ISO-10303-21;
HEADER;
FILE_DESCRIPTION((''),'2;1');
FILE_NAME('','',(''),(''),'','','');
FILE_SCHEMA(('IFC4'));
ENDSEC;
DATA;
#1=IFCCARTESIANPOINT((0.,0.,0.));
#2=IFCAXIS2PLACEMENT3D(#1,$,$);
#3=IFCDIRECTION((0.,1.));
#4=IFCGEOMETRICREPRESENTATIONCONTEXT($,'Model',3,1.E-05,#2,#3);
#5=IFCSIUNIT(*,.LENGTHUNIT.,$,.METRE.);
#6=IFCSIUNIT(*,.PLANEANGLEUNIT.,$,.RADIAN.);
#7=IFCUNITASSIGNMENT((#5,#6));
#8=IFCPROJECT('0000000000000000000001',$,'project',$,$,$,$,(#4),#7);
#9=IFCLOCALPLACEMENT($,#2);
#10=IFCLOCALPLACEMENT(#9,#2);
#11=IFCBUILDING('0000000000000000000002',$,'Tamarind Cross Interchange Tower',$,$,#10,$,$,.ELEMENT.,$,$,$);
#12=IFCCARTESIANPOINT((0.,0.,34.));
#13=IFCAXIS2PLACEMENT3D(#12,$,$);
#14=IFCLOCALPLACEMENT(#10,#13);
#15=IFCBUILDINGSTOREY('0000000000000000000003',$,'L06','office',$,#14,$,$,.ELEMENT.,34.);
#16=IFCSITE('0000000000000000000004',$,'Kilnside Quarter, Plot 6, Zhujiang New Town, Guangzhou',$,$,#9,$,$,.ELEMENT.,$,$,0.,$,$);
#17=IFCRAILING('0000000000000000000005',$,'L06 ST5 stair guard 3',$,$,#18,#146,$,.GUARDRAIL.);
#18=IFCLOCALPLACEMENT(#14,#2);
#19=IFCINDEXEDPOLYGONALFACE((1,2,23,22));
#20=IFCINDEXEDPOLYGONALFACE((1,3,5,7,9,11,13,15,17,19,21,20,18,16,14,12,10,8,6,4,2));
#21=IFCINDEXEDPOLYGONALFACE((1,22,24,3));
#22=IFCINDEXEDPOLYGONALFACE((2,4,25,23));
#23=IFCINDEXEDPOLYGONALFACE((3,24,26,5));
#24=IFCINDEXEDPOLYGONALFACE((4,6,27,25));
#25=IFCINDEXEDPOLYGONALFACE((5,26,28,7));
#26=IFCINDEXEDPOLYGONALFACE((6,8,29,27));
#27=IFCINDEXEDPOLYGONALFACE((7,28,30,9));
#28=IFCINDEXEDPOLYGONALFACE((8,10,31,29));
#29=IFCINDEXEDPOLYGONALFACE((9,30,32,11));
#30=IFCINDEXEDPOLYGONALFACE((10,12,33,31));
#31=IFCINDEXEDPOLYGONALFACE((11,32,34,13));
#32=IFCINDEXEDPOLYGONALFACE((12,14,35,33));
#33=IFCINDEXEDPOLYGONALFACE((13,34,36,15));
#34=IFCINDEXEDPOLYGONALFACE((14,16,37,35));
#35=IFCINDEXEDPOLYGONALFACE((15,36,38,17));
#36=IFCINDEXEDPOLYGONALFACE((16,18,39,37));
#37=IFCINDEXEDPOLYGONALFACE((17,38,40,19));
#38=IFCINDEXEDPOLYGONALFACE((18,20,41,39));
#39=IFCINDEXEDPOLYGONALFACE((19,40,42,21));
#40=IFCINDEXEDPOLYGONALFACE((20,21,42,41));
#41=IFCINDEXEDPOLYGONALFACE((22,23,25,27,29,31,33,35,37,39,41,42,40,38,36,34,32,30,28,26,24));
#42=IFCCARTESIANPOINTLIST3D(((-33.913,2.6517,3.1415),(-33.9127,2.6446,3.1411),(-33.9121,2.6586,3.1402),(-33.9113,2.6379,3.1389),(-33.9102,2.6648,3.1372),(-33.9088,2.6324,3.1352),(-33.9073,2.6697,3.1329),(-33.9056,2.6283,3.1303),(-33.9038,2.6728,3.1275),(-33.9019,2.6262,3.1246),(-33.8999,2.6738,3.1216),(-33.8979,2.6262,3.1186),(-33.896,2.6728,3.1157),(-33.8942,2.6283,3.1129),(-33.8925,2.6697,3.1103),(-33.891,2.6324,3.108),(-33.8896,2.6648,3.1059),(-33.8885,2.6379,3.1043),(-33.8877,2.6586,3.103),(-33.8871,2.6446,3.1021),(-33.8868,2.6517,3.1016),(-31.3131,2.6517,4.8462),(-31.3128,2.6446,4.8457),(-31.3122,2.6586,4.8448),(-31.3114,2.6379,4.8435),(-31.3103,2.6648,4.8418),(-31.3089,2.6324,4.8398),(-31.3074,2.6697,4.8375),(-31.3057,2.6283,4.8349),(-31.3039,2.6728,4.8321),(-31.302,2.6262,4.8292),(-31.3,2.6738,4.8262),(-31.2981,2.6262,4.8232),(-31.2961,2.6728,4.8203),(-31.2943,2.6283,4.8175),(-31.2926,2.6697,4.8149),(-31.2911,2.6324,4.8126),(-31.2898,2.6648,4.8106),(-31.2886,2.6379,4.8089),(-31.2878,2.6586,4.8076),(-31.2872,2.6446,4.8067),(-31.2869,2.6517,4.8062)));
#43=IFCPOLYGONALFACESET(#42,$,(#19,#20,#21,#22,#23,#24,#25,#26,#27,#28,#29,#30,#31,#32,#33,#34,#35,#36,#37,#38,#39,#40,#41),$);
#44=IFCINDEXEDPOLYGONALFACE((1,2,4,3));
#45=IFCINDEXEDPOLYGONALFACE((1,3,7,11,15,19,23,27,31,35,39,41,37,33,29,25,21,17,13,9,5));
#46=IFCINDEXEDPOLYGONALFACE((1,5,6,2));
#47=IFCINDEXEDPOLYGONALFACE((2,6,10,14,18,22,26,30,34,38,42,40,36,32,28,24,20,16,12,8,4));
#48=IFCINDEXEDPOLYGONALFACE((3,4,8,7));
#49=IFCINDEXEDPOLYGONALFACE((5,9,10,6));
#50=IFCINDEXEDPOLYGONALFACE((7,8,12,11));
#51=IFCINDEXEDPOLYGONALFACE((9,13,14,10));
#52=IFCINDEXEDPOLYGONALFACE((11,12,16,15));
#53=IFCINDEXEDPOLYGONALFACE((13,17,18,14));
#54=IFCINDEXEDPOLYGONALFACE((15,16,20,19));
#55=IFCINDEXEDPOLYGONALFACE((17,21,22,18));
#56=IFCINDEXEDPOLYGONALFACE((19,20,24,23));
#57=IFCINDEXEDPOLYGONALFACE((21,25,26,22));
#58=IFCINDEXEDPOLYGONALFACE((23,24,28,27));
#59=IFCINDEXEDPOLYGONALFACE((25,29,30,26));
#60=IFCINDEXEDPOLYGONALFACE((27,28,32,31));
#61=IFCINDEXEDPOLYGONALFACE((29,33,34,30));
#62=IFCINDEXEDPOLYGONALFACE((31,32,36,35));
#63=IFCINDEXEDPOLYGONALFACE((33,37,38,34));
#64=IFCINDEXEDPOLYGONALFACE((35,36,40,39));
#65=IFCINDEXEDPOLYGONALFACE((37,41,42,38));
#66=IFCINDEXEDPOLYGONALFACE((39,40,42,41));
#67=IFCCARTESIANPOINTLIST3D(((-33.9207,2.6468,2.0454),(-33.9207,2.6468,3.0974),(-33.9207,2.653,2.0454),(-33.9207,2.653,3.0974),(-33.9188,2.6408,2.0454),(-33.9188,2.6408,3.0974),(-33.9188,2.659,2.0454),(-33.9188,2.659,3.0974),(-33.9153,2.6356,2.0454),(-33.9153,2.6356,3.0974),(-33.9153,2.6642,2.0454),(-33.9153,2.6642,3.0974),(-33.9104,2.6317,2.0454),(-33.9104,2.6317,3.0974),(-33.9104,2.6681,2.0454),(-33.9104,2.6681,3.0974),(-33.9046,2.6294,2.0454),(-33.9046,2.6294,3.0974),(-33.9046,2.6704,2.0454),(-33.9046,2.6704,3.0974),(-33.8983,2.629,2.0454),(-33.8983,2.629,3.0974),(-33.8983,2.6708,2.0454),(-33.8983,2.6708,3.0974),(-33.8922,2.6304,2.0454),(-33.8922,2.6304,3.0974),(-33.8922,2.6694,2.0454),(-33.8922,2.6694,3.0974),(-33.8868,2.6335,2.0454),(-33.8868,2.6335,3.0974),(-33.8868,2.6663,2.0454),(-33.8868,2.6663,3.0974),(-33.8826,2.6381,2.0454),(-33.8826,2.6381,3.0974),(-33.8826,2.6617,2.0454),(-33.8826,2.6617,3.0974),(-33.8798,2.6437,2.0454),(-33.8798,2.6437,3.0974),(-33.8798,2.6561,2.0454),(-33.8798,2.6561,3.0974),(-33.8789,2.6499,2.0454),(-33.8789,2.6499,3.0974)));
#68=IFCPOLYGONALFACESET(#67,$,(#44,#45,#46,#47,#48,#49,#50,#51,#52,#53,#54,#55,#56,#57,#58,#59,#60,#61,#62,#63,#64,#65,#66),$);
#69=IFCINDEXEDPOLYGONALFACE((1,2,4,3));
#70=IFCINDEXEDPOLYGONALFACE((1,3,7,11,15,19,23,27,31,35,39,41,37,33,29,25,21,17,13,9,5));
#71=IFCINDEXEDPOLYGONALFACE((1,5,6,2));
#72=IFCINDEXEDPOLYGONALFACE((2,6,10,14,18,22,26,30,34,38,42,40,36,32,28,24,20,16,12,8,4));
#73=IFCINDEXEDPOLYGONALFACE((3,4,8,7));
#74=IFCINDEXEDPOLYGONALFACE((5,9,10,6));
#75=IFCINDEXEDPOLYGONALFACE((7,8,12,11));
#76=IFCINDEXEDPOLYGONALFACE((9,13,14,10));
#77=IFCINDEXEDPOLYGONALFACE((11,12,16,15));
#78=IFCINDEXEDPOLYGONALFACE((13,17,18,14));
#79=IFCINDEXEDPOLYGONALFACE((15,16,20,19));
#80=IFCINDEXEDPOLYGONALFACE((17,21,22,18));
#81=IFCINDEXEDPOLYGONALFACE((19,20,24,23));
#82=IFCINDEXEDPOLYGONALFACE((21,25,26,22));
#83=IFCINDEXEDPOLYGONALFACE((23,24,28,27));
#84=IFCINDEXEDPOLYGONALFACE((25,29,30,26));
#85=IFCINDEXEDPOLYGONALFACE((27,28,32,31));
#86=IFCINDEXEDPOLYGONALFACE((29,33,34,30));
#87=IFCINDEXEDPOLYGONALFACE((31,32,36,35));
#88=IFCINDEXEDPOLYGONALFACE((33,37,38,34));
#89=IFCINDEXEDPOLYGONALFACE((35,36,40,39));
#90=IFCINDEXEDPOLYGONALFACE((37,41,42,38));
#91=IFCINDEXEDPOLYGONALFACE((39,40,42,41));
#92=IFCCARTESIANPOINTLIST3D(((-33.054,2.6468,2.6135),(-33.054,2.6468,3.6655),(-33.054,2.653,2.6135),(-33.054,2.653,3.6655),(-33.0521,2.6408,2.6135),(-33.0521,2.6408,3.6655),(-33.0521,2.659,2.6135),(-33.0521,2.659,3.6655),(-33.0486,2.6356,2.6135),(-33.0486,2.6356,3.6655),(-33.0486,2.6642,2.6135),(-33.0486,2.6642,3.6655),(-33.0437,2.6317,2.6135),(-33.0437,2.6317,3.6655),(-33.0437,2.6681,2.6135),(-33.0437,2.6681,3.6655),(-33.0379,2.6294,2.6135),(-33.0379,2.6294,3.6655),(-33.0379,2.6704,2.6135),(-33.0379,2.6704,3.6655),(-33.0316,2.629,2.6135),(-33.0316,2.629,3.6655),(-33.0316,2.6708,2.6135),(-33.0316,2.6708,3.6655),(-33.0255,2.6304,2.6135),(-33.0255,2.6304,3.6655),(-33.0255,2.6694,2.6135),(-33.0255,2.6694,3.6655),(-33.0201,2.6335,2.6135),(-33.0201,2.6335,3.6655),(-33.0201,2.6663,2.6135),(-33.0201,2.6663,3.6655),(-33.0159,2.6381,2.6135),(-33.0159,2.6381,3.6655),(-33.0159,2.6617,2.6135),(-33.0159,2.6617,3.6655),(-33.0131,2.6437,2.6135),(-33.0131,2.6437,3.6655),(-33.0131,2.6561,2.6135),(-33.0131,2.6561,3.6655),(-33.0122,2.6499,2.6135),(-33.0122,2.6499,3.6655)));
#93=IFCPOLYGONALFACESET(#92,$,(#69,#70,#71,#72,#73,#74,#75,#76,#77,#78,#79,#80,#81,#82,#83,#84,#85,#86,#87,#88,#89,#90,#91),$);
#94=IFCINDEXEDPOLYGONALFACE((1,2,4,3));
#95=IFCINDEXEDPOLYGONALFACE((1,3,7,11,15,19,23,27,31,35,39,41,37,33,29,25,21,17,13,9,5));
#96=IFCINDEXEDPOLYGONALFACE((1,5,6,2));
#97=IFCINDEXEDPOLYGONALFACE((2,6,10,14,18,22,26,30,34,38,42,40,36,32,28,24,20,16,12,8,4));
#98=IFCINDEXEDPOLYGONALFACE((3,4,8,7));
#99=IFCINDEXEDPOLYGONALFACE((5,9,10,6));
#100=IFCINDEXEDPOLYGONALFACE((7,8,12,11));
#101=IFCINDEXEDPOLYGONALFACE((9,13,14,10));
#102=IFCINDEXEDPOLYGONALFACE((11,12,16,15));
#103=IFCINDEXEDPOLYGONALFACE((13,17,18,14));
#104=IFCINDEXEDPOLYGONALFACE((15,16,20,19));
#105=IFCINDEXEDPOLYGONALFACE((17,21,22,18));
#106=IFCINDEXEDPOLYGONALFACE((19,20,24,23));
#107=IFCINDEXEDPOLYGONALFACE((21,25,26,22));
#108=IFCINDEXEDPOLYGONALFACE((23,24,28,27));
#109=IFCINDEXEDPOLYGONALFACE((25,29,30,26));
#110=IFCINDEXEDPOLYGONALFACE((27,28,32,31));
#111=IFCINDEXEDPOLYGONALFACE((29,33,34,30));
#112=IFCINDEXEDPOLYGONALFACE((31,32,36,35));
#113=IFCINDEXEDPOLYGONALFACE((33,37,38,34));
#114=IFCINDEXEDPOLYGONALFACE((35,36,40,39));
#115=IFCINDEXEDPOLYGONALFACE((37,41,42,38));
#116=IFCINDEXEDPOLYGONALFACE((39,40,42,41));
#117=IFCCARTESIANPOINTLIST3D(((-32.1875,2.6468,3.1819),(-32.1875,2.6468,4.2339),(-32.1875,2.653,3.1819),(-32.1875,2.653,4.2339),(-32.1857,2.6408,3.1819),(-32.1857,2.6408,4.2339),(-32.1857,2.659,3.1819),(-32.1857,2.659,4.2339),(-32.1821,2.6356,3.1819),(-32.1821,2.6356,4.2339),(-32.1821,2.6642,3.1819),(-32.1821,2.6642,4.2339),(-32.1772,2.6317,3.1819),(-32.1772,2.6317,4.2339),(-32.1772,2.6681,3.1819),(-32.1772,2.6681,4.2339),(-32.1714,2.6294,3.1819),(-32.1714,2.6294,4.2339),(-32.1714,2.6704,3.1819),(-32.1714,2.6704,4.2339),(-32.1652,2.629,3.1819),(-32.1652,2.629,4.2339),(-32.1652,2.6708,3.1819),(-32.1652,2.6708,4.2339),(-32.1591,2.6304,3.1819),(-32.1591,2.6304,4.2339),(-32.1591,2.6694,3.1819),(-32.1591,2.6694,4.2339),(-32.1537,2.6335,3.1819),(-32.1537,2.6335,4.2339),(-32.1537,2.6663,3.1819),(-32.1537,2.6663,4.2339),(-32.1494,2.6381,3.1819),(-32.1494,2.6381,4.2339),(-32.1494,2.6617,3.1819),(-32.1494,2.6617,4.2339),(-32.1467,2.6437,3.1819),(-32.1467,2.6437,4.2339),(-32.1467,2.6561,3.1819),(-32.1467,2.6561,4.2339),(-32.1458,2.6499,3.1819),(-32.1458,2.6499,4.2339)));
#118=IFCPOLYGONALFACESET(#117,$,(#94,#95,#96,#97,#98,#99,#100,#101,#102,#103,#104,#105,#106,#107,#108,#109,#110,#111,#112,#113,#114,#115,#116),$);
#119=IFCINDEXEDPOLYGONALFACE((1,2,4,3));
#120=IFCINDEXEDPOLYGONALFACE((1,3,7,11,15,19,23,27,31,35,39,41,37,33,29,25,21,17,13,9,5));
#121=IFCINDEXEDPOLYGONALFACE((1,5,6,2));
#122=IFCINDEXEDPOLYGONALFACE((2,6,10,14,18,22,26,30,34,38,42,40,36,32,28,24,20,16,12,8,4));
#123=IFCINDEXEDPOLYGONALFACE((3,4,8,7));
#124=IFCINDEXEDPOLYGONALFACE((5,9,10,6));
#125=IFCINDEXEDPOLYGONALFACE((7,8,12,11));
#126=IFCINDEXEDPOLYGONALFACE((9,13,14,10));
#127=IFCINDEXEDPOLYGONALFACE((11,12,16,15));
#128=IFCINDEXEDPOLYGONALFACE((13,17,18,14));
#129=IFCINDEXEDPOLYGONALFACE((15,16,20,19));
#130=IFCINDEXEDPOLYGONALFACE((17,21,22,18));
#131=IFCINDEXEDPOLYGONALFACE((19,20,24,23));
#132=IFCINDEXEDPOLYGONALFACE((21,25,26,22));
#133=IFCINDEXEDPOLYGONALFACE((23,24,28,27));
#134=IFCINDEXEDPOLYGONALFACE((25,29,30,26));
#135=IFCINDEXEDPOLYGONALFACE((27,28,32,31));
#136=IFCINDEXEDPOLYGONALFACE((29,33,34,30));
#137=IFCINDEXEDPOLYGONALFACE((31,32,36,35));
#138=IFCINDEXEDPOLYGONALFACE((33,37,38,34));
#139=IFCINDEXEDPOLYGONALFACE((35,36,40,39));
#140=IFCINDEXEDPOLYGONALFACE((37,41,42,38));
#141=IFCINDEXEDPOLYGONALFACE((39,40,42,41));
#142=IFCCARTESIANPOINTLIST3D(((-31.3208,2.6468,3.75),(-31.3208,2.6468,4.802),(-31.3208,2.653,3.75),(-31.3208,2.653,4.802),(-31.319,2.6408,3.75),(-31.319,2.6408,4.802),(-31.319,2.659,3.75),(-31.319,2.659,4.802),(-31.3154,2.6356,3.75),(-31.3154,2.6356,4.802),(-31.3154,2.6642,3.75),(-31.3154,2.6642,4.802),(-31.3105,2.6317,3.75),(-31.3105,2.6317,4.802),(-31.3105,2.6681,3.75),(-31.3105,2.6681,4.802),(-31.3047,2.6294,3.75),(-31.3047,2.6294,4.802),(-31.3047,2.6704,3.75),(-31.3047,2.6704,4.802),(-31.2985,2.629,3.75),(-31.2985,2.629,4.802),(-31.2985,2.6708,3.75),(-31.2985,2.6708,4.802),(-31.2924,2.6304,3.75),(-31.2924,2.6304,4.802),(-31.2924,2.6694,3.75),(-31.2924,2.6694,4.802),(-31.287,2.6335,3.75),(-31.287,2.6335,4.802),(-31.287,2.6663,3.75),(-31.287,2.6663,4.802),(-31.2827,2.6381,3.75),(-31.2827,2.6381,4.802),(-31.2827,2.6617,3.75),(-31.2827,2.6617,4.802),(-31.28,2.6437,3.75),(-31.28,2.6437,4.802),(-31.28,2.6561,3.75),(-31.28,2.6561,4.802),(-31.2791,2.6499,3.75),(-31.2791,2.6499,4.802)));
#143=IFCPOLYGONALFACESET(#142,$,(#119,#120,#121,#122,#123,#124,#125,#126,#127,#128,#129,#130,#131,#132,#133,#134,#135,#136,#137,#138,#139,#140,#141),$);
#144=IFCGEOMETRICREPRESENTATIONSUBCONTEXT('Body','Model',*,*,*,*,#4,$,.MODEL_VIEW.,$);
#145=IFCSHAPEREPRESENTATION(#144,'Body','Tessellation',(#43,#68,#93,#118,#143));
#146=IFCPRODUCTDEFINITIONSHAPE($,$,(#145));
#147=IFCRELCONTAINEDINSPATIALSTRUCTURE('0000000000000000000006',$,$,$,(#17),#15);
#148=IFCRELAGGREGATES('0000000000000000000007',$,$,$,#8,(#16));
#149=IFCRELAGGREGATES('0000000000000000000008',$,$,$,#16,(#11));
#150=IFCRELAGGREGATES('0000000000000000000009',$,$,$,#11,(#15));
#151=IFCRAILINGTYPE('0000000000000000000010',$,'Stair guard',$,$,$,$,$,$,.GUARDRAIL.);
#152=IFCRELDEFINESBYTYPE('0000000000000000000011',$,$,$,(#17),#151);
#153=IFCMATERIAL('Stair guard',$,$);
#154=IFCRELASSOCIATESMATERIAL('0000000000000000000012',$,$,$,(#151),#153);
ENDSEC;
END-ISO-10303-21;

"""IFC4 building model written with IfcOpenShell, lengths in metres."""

from ifc_helpers import new_model, si_unit, direction, frame, origin, origin_2d, place, context, subcontext, project, spatial, circle, extrude, material, type_object, element, save


model = new_model("IFC4")

# Units and contexts
model_context = context("Model", 3, precision=1e-05, world=origin(), true_north=direction((0.0, 1.0)))
body_context = subcontext(model_context, "Body", "Model", "MODEL_VIEW")
ifc_project = project(units=[si_unit("LENGTHUNIT", "METRE"), si_unit("PLANEANGLEUNIT", "RADIAN")], contexts=[model_context])

# Site, building, storey
site_placement = place(None, origin())
site = spatial("IfcSite", under=ifc_project, at=site_placement, Name="Kilnside Quarter, Plot 6, Zhujiang New Town, Guangzhou", CompositionType="ELEMENT", RefElevation=0.0)
building_placement = place(site_placement, origin())
building = spatial("IfcBuilding", under=site, at=building_placement, Name="Tamarind Cross Interchange Tower", CompositionType="ELEMENT")
storey_placement = place(building_placement, frame((0.0, 0.0, 34.0)))
storey = spatial("IfcBuildingStorey", under=building, at=storey_placement, Name="L06", Description="office", CompositionType="ELEMENT", Elevation=34.0)

# Railing
ifc_material_1 = material(Name="Stair guard")
railing_type_1 = type_object("IfcRailingType", Name="Stair guard", PredefinedType="GUARDRAIL", material=ifc_material_1)
railing_1_placement = place(storey_placement, frame((-33.8999, 2.6499, 2.0454)))
element("IfcRailing", 1, at=railing_1_placement, inside=storey, type_object=railing_type_1, Name="L06 ST5 stair guard 3", PredefinedType="GUARDRAIL", context=body_context, shape_type="SweptSolid", body=[
    extrude(circle(Radius=0.0239, at=origin_2d()), frame((0.0, 0.0, 1.0762), z_axis=(0.836279, 0.0, 0.548305), x_axis=(0.0, 1.0, 0.0)), (0.0, 0.0, 1.0), 3.1089),
    extrude(circle(Radius=0.021, at=origin_2d()), origin(), (0.0, 0.0, 1.0), 1.052),
    extrude(circle(Radius=0.021, at=origin_2d()), frame((0.8667, 0.0, 0.5681)), (0.0, 0.0, 1.0), 1.052),
    extrude(circle(Radius=0.021, at=origin_2d()), frame((1.7332, 0.0, 1.1365)), (0.0, 0.0, 1.0), 1.052),
    extrude(circle(Radius=0.021, at=origin_2d()), frame((2.5999, 0.0, 1.7046)), (0.0, 0.0, 1.0), 1.052),
])

save(model, "model.ifc")
